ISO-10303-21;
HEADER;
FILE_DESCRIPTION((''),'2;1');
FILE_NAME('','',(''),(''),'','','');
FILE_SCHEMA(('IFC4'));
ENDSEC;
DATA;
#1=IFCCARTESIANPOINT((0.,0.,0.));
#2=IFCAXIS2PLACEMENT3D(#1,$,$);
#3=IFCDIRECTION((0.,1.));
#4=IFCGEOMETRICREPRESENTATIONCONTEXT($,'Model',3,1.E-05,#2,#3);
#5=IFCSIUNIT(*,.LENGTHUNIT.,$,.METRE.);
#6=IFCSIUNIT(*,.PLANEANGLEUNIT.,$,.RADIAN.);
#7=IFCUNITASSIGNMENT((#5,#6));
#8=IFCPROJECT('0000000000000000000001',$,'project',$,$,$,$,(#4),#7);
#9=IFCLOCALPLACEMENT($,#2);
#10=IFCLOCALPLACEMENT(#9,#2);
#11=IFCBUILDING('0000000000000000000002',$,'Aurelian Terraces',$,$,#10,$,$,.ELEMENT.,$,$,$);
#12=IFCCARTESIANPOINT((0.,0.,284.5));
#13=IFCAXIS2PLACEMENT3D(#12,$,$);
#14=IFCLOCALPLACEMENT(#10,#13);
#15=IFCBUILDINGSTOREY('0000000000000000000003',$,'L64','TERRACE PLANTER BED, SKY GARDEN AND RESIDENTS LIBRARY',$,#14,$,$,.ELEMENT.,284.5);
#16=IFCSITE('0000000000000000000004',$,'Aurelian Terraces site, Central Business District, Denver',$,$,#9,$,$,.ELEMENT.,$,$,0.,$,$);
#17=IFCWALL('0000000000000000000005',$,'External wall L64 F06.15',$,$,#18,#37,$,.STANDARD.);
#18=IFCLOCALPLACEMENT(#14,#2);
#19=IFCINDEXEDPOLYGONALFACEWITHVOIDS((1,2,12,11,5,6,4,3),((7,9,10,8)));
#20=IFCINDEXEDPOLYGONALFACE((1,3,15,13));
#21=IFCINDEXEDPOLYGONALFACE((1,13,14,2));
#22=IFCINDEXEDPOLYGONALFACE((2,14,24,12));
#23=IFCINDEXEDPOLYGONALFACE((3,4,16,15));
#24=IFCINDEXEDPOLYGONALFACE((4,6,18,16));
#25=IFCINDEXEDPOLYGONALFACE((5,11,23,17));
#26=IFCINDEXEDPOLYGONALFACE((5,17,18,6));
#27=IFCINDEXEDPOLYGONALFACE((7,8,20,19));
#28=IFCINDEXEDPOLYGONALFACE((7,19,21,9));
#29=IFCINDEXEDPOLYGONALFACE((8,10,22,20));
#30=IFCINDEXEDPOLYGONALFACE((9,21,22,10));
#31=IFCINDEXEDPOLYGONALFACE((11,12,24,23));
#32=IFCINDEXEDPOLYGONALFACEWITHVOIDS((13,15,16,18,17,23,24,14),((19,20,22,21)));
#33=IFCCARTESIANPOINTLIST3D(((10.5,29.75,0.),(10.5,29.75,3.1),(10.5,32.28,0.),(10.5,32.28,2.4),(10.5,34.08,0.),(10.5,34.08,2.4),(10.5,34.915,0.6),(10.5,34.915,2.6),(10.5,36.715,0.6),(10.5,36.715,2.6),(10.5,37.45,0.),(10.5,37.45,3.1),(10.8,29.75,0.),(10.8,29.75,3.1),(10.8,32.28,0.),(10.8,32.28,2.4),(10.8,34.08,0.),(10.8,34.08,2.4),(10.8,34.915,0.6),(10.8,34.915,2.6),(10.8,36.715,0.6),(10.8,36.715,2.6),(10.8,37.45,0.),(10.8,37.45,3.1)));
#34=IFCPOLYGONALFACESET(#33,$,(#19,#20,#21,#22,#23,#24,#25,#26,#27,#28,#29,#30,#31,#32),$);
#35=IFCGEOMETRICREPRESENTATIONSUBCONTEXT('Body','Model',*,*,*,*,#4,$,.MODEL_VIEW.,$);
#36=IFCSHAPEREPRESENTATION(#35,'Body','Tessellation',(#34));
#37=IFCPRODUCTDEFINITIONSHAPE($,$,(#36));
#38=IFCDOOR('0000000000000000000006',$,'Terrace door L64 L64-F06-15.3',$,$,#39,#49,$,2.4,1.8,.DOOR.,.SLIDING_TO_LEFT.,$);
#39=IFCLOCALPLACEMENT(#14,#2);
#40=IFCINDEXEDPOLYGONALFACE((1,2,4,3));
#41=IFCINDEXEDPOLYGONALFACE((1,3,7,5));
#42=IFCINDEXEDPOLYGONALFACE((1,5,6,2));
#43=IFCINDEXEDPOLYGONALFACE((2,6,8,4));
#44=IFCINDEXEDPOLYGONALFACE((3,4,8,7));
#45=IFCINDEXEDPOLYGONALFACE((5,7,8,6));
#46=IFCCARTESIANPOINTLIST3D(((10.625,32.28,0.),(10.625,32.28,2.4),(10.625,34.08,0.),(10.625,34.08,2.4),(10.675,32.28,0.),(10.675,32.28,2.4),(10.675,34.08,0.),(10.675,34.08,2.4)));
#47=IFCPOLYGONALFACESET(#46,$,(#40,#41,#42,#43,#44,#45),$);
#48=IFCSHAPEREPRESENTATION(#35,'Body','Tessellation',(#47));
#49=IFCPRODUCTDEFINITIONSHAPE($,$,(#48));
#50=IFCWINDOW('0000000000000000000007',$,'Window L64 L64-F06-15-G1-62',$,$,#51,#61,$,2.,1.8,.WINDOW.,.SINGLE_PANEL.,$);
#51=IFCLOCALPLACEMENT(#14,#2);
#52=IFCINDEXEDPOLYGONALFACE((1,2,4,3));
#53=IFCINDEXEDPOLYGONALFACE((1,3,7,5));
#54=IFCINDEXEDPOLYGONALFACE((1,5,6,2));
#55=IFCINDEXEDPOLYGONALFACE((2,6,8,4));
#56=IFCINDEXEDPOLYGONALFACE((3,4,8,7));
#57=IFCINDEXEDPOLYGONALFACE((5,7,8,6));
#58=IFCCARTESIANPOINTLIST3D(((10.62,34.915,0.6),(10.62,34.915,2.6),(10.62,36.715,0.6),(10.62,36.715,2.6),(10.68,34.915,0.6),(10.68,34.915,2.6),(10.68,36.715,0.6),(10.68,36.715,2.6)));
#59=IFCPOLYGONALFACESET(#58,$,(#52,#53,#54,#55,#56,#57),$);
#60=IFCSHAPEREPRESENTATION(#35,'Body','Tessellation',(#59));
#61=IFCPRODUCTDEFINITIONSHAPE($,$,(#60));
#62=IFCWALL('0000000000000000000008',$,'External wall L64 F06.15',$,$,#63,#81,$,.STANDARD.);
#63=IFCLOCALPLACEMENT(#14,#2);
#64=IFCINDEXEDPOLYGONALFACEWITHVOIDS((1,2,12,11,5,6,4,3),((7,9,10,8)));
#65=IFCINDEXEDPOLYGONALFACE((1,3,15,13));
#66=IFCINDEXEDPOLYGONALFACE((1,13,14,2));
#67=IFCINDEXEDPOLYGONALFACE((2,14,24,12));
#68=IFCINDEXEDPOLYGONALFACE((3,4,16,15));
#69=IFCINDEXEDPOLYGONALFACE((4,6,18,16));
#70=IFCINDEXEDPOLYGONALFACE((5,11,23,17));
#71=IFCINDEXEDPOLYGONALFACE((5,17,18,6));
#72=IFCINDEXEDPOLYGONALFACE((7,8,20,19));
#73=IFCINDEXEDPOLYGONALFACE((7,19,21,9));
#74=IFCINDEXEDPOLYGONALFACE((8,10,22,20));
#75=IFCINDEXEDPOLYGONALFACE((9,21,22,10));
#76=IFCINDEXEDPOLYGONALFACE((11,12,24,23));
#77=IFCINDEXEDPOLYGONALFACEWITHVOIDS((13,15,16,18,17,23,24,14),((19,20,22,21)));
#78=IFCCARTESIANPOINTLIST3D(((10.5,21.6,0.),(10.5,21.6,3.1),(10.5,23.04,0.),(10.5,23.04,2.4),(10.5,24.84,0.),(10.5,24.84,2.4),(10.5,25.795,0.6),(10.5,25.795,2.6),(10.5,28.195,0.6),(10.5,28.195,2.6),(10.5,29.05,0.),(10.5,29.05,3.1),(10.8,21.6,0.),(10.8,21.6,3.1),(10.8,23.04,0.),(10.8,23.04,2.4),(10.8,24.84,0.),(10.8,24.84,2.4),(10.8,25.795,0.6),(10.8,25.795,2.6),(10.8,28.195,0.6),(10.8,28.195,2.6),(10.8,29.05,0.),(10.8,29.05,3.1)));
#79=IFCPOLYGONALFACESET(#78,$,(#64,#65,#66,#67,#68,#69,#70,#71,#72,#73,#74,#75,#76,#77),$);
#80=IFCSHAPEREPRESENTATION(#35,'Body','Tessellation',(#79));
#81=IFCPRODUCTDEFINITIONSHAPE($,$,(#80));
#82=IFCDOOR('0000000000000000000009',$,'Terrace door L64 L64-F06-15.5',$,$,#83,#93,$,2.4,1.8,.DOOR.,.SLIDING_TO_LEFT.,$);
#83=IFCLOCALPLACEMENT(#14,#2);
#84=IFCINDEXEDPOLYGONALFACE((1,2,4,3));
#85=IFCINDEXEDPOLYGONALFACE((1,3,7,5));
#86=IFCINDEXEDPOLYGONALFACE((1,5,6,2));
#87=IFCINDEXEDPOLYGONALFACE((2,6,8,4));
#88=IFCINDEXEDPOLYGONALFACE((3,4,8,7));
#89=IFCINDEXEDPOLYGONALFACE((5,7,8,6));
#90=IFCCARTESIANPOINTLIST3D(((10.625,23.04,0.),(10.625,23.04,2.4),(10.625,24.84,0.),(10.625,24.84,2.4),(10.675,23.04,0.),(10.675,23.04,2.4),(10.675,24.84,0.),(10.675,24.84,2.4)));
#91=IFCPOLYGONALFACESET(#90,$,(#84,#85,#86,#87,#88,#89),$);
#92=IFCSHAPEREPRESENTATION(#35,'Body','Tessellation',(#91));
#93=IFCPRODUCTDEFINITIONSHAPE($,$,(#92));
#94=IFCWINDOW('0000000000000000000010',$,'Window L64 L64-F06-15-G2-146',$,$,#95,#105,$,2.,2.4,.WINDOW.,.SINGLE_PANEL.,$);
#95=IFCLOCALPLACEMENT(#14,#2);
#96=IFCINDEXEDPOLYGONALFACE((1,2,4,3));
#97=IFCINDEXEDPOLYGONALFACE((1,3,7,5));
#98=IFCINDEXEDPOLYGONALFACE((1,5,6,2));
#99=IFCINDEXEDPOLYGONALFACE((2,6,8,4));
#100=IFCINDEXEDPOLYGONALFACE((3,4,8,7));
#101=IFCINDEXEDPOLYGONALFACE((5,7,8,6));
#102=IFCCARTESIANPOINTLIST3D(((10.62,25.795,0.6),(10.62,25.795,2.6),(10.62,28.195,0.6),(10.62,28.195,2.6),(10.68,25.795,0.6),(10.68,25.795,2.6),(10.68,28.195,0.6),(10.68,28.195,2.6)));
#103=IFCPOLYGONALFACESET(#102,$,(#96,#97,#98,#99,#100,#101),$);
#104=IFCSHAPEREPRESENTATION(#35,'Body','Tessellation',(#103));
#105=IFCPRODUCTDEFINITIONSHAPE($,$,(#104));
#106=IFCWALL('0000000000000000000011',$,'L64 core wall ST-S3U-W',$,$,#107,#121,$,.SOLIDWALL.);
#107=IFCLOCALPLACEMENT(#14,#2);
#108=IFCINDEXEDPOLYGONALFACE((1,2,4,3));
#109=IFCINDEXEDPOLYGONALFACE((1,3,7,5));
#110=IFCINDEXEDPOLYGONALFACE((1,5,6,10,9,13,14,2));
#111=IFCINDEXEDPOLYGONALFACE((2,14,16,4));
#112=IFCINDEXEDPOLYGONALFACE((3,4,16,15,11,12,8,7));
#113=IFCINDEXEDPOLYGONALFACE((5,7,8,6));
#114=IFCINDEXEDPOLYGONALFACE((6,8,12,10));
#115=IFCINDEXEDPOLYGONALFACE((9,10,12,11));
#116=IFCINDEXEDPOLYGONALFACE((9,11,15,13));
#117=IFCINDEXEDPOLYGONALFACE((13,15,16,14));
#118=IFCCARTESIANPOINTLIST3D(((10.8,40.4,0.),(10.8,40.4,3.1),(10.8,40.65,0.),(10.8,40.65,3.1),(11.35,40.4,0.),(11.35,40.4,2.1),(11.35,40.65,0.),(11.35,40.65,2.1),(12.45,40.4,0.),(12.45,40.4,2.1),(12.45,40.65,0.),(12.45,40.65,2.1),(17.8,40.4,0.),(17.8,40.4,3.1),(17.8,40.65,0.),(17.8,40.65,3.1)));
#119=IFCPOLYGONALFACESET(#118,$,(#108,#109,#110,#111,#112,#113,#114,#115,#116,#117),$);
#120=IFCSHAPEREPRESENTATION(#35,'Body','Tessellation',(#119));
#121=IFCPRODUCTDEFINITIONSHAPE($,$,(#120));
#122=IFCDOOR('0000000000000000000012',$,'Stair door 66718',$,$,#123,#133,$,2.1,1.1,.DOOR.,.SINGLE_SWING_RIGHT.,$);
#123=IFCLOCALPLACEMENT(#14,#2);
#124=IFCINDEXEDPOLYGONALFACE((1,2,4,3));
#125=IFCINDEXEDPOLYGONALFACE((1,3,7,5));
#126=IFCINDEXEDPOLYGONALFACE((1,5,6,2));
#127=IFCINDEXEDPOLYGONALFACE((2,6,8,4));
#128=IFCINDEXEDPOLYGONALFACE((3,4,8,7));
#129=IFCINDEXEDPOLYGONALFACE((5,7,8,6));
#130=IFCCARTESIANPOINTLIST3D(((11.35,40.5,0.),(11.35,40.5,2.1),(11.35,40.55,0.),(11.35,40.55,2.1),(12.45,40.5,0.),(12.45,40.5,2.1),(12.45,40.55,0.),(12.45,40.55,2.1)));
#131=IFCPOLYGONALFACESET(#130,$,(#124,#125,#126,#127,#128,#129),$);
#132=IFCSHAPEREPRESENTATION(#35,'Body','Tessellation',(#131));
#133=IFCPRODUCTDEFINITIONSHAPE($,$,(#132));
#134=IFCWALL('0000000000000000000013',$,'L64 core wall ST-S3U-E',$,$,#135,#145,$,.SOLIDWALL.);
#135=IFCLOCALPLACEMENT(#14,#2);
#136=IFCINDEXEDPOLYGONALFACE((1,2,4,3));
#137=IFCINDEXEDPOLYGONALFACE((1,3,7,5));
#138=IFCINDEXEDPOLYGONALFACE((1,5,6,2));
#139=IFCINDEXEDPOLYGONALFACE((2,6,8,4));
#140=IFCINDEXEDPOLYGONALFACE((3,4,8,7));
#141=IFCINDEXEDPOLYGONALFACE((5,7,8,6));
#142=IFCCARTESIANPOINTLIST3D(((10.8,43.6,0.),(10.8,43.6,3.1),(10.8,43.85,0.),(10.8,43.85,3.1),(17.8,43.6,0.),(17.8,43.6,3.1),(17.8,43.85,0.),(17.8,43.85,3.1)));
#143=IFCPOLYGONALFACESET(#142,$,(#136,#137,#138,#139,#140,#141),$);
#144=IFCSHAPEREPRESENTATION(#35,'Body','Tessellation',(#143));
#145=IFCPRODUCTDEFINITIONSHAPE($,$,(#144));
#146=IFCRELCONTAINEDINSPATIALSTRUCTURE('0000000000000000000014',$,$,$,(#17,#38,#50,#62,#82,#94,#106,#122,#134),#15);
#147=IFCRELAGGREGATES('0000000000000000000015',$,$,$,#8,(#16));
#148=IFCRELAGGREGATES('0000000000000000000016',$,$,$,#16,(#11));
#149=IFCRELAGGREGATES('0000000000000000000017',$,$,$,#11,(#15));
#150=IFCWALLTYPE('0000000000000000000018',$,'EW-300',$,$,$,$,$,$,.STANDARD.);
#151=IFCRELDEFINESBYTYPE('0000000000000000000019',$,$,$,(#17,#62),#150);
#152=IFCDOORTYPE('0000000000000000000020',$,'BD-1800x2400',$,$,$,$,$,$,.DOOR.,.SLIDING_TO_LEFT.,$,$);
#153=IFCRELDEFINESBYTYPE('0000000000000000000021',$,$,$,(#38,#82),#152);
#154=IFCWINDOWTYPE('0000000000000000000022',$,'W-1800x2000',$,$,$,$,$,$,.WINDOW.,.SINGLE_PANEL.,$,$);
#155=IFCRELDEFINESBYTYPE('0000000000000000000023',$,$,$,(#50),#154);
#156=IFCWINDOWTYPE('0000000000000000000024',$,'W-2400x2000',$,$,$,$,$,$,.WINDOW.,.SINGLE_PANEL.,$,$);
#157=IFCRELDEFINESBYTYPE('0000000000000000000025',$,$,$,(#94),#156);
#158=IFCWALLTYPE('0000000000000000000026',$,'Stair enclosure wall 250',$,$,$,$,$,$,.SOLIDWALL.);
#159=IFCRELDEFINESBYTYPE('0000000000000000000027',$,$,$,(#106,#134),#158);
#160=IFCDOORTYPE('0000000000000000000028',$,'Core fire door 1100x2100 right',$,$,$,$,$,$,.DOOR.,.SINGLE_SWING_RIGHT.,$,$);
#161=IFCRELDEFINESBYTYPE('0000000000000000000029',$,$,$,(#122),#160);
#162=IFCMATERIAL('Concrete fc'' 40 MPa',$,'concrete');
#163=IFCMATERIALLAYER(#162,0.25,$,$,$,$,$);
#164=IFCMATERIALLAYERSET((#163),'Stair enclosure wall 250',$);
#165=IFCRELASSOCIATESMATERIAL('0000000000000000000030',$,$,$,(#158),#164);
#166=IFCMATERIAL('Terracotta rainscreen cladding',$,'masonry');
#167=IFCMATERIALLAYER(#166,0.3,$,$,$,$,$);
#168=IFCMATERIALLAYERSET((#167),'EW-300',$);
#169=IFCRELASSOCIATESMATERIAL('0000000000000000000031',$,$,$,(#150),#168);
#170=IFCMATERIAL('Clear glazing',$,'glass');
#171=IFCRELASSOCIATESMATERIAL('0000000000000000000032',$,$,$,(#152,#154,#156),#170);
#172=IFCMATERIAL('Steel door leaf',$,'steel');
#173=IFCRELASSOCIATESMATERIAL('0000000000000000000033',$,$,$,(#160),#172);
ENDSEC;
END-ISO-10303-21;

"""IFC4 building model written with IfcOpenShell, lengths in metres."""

from ifc_helpers import new_model, si_unit, direction, frame, frame_2d, origin, place, context, subcontext, project, spatial, rectangle, extrude, source, transform, mapped, material, layer, layer_set, type_object, element, fill, save


model = new_model("IFC4")

# Units and contexts
model_context = context("Model", 3, precision=1e-05, world=origin(), true_north=direction((0.0, 1.0)))
body_context = subcontext(model_context, "Body", "Model", "MODEL_VIEW")
ifc_project = project(units=[si_unit("LENGTHUNIT", "METRE"), si_unit("PLANEANGLEUNIT", "RADIAN")], contexts=[model_context])

# Site, building, storey
site_placement = place(None, origin())
site = spatial("IfcSite", under=ifc_project, at=site_placement, Name="Aurelian Terraces site, Central Business District, Denver", CompositionType="ELEMENT", RefElevation=0.0)
building_placement = place(site_placement, origin())
building = spatial("IfcBuilding", under=site, at=building_placement, Name="Aurelian Terraces", CompositionType="ELEMENT")
storey_placement = place(building_placement, frame((0.0, 0.0, 284.5)))
storey = spatial("IfcBuildingStorey", under=building, at=storey_placement, Name="L64", Description="TERRACE PLANTER BED, SKY GARDEN AND RESIDENTS LIBRARY", CompositionType="ELEMENT", Elevation=284.5)

# Shared definitions
ifc_material_1 = material(Name="Concrete fc' 40 MPa", Category="concrete")

# Shared definitions
ifc_layer_1 = layer(ifc_material_1, 0.25)
ifc_layer_set_1 = layer_set([ifc_layer_1], Name="Stair enclosure wall 250")
wall_type_1 = type_object("IfcWallType", Name="Stair enclosure wall 250", PredefinedType="SOLIDWALL", material=ifc_layer_set_1)

# Walls, openings, doors, windows
ifc_material_2 = material(Name="Terracotta rainscreen cladding", Category="masonry")
ifc_layer_2 = layer(ifc_material_2, 0.3)
ifc_layer_set_2 = layer_set([ifc_layer_2], Name="EW-300")
wall_type_2 = type_object("IfcWallType", Name="EW-300", PredefinedType="STANDARD", material=ifc_layer_set_2)
shared_shape_1 = source(origin(), body_context, "Body", "SweptSolid", [
    extrude(rectangle(XDim=7.7, YDim=0.3, at=frame_2d((3.85, 0.0))), origin(), (0.0, 0.0, 1.0), 3.1),
])
wall_1_placement = place(storey_placement, frame((10.65, 37.45, 0.0), z_axis=(0.0, 0.0, 1.0), x_axis=(0.0, -1.0, 0.0)))
wall_1 = element("IfcWall", 1, at=wall_1_placement, inside=storey, type_object=wall_type_2, Name="External wall L64 F06.15", PredefinedType="STANDARD", context=body_context, shape_type="MappedRepresentation", body=[
    mapped(shared_shape_1, transform((0.0, 0.0, 0.0), scale=1.0)),
])
shared_shape_2 = source(origin(), body_context, "Body", "SweptSolid", [
    extrude(rectangle(XDim=1.8, YDim=2.4, at=frame_2d((0.9, 1.2))), frame((0.0, 0.16, 0.0), z_axis=(0.0, -1.0, 0.0), x_axis=(1.0, 0.0, 0.0)), (0.0, 0.0, 1.0), 0.32),
])
opening_1_placement = place(wall_1_placement, frame((3.37, 0.0, 0.0)))
opening_1 = element("IfcOpeningElement", 2, at=opening_1_placement, cuts=wall_1, PredefinedType="OPENING", context=body_context, shape_type="MappedRepresentation", body=[
    mapped(shared_shape_2, transform((0.0, 0.0, 0.0), scale=1.0)),
])
shared_shape_3 = source(origin(), body_context, "Body", "SweptSolid", [
    extrude(rectangle(XDim=1.8, YDim=2.0, at=frame_2d((0.9, 1.0))), frame((0.0, 0.16, 0.0), z_axis=(0.0, -1.0, 0.0), x_axis=(1.0, 0.0, 0.0)), (0.0, 0.0, 1.0), 0.32),
])
opening_2_placement = place(wall_1_placement, frame((0.735, 0.0, 0.6)))
opening_2 = element("IfcOpeningElement", 3, at=opening_2_placement, cuts=wall_1, PredefinedType="OPENING", context=body_context, shape_type="MappedRepresentation", body=[
    mapped(shared_shape_3, transform((0.0, 0.0, 0.0), scale=1.0)),
])
ifc_material_3 = material(Name="Clear glazing", Category="glass")
door_type_1 = type_object("IfcDoorType", Name="BD-1800x2400", OperationType="SLIDING_TO_LEFT", PredefinedType="DOOR", material=ifc_material_3)
shared_shape_4 = source(origin(), body_context, "Body", "SweptSolid", [
    extrude(rectangle(XDim=1.8, YDim=2.4, at=frame_2d((0.9, 1.2))), frame((0.0, 0.025, 0.0), z_axis=(0.0, -1.0, 0.0), x_axis=(1.0, 0.0, 0.0)), (0.0, 0.0, 1.0), 0.05),
])
door_1_placement = place(opening_1_placement, origin())
door_1 = element("IfcDoor", 4, at=door_1_placement, inside=storey, type_object=door_type_1, Name="Terrace door L64 L64-F06-15.3", OperationType="SLIDING_TO_LEFT", OverallHeight=2.4, OverallWidth=1.8, PredefinedType="DOOR", context=body_context, shape_type="MappedRepresentation", body=[
    mapped(shared_shape_4, transform((0.0, 0.0, 0.0), scale=1.0)),
])
fill(opening_1, door_1)
window_type_1 = type_object("IfcWindowType", Name="W-1800x2000", PartitioningType="SINGLE_PANEL", PredefinedType="WINDOW", material=ifc_material_3)
shared_shape_5 = source(origin(), body_context, "Body", "SweptSolid", [
    extrude(rectangle(XDim=1.8, YDim=2.0, at=frame_2d((0.9, 1.0))), frame((0.0, 0.03, 0.0), z_axis=(0.0, -1.0, 0.0), x_axis=(1.0, 0.0, 0.0)), (0.0, 0.0, 1.0), 0.06),
])
window_1_placement = place(opening_2_placement, origin())
window_1 = element("IfcWindow", 5, at=window_1_placement, inside=storey, type_object=window_type_1, Name="Window L64 L64-F06-15-G1-62", OverallHeight=2.0, OverallWidth=1.8, PartitioningType="SINGLE_PANEL", PredefinedType="WINDOW", context=body_context, shape_type="MappedRepresentation", body=[
    mapped(shared_shape_5, transform((0.0, 0.0, 0.0), scale=1.0)),
])
fill(opening_2, window_1)
shared_shape_6 = source(origin(), body_context, "Body", "SweptSolid", [
    extrude(rectangle(XDim=7.45, YDim=0.3, at=frame_2d((3.725, 0.0))), origin(), (0.0, 0.0, 1.0), 3.1),
])
wall_2_placement = place(storey_placement, frame((10.65, 29.05, 0.0), z_axis=(0.0, 0.0, 1.0), x_axis=(0.0, -1.0, 0.0)))
wall_2 = element("IfcWall", 6, at=wall_2_placement, inside=storey, type_object=wall_type_2, Name="External wall L64 F06.15", PredefinedType="STANDARD", context=body_context, shape_type="MappedRepresentation", body=[
    mapped(shared_shape_6, transform((0.0, 0.0, 0.0), scale=1.0)),
])
opening_3_placement = place(wall_2_placement, frame((4.21, 0.0, 0.0)))
opening_3 = element("IfcOpeningElement", 7, at=opening_3_placement, cuts=wall_2, PredefinedType="OPENING", context=body_context, shape_type="MappedRepresentation", body=[
    mapped(shared_shape_2, transform((0.0, 0.0, 0.0), scale=1.0)),
])
shared_shape_7 = source(origin(), body_context, "Body", "SweptSolid", [
    extrude(rectangle(XDim=2.4, YDim=2.0, at=frame_2d((1.2, 1.0))), frame((0.0, 0.16, 0.0), z_axis=(0.0, -1.0, 0.0), x_axis=(1.0, 0.0, 0.0)), (0.0, 0.0, 1.0), 0.32),
])
opening_4_placement = place(wall_2_placement, frame((0.855, 0.0, 0.6)))
opening_4 = element("IfcOpeningElement", 8, at=opening_4_placement, cuts=wall_2, PredefinedType="OPENING", context=body_context, shape_type="MappedRepresentation", body=[
    mapped(shared_shape_7, transform((0.0, 0.0, 0.0), scale=1.0)),
])
door_2_placement = place(opening_3_placement, origin())
door_2 = element("IfcDoor", 9, at=door_2_placement, inside=storey, type_object=door_type_1, Name="Terrace door L64 L64-F06-15.5", OperationType="SLIDING_TO_LEFT", OverallHeight=2.4, OverallWidth=1.8, PredefinedType="DOOR", context=body_context, shape_type="MappedRepresentation", body=[
    mapped(shared_shape_4, transform((0.0, 0.0, 0.0), scale=1.0)),
])
fill(opening_3, door_2)
window_type_2 = type_object("IfcWindowType", Name="W-2400x2000", PartitioningType="SINGLE_PANEL", PredefinedType="WINDOW", material=ifc_material_3)
shared_shape_8 = source(origin(), body_context, "Body", "SweptSolid", [
    extrude(rectangle(XDim=2.4, YDim=2.0, at=frame_2d((1.2, 1.0))), frame((0.0, 0.03, 0.0), z_axis=(0.0, -1.0, 0.0), x_axis=(1.0, 0.0, 0.0)), (0.0, 0.0, 1.0), 0.06),
])
window_2_placement = place(opening_4_placement, origin())
window_2 = element("IfcWindow", 10, at=window_2_placement, inside=storey, type_object=window_type_2, Name="Window L64 L64-F06-15-G2-146", OverallHeight=2.0, OverallWidth=2.4, PartitioningType="SINGLE_PANEL", PredefinedType="WINDOW", context=body_context, shape_type="MappedRepresentation", body=[
    mapped(shared_shape_8, transform((0.0, 0.0, 0.0), scale=1.0)),
])
fill(opening_4, window_2)

# Wall, opening, door
shared_shape_9 = source(origin(), body_context, "Body", "SweptSolid", [
    extrude(rectangle(XDim=7.0, YDim=0.25, at=frame_2d((3.5, 0.0))), origin(), (0.0, 0.0, 1.0), 3.1),
])
wall_3_placement = place(storey_placement, frame((10.8, 40.525, 0.0), z_axis=(0.0, 0.0, 1.0), x_axis=(1.0, 0.0, 0.0)))
wall_3 = element("IfcWall", 11, at=wall_3_placement, inside=storey, type_object=wall_type_1, Name="L64 core wall ST-S3U-W", PredefinedType="SOLIDWALL", context=body_context, shape_type="MappedRepresentation", body=[
    mapped(shared_shape_9, transform((0.0, 0.0, 0.0), scale=1.0)),
])
shared_shape_10 = source(origin(), body_context, "Body", "SweptSolid", [
    extrude(rectangle(XDim=1.1, YDim=2.1, at=frame_2d((0.55, 1.05))), frame((0.0, 0.135, 0.0), z_axis=(0.0, -1.0, 0.0), x_axis=(1.0, 0.0, 0.0)), (0.0, 0.0, 1.0), 0.27),
])
opening_5_placement = place(wall_3_placement, frame((0.55, 0.0, 0.0)))
opening_5 = element("IfcOpeningElement", 12, at=opening_5_placement, cuts=wall_3, PredefinedType="OPENING", context=body_context, shape_type="MappedRepresentation", body=[
    mapped(shared_shape_10, transform((0.0, 0.0, 0.0), scale=1.0)),
])
ifc_material_4 = material(Name="Steel door leaf", Category="steel")
door_type_2 = type_object("IfcDoorType", Name="Core fire door 1100x2100 right", OperationType="SINGLE_SWING_RIGHT", PredefinedType="DOOR", material=ifc_material_4)
shared_shape_11 = source(origin(), body_context, "Body", "SweptSolid", [
    extrude(rectangle(XDim=1.1, YDim=2.1, at=frame_2d((0.55, 1.05))), frame((0.0, 0.025, 0.0), z_axis=(0.0, -1.0, 0.0), x_axis=(1.0, 0.0, 0.0)), (0.0, 0.0, 1.0), 0.05),
])
door_3_placement = place(opening_5_placement, origin())
door_3 = element("IfcDoor", 13, at=door_3_placement, inside=storey, type_object=door_type_2, Name="Stair door 66718", OperationType="SINGLE_SWING_RIGHT", OverallHeight=2.1, OverallWidth=1.1, PredefinedType="DOOR", context=body_context, shape_type="MappedRepresentation", body=[
    mapped(shared_shape_11, transform((0.0, 0.0, 0.0), scale=1.0)),
])
fill(opening_5, door_3)

# Wall
wall_4_placement = place(storey_placement, frame((10.8, 43.725, 0.0), z_axis=(0.0, 0.0, 1.0), x_axis=(1.0, 0.0, 0.0)))
element("IfcWall", 14, at=wall_4_placement, inside=storey, type_object=wall_type_1, Name="L64 core wall ST-S3U-E", PredefinedType="SOLIDWALL", context=body_context, shape_type="MappedRepresentation", body=[
    mapped(shared_shape_9, transform((0.0, 0.0, 0.0), scale=1.0)),
])

save(model, "model.ifc")
